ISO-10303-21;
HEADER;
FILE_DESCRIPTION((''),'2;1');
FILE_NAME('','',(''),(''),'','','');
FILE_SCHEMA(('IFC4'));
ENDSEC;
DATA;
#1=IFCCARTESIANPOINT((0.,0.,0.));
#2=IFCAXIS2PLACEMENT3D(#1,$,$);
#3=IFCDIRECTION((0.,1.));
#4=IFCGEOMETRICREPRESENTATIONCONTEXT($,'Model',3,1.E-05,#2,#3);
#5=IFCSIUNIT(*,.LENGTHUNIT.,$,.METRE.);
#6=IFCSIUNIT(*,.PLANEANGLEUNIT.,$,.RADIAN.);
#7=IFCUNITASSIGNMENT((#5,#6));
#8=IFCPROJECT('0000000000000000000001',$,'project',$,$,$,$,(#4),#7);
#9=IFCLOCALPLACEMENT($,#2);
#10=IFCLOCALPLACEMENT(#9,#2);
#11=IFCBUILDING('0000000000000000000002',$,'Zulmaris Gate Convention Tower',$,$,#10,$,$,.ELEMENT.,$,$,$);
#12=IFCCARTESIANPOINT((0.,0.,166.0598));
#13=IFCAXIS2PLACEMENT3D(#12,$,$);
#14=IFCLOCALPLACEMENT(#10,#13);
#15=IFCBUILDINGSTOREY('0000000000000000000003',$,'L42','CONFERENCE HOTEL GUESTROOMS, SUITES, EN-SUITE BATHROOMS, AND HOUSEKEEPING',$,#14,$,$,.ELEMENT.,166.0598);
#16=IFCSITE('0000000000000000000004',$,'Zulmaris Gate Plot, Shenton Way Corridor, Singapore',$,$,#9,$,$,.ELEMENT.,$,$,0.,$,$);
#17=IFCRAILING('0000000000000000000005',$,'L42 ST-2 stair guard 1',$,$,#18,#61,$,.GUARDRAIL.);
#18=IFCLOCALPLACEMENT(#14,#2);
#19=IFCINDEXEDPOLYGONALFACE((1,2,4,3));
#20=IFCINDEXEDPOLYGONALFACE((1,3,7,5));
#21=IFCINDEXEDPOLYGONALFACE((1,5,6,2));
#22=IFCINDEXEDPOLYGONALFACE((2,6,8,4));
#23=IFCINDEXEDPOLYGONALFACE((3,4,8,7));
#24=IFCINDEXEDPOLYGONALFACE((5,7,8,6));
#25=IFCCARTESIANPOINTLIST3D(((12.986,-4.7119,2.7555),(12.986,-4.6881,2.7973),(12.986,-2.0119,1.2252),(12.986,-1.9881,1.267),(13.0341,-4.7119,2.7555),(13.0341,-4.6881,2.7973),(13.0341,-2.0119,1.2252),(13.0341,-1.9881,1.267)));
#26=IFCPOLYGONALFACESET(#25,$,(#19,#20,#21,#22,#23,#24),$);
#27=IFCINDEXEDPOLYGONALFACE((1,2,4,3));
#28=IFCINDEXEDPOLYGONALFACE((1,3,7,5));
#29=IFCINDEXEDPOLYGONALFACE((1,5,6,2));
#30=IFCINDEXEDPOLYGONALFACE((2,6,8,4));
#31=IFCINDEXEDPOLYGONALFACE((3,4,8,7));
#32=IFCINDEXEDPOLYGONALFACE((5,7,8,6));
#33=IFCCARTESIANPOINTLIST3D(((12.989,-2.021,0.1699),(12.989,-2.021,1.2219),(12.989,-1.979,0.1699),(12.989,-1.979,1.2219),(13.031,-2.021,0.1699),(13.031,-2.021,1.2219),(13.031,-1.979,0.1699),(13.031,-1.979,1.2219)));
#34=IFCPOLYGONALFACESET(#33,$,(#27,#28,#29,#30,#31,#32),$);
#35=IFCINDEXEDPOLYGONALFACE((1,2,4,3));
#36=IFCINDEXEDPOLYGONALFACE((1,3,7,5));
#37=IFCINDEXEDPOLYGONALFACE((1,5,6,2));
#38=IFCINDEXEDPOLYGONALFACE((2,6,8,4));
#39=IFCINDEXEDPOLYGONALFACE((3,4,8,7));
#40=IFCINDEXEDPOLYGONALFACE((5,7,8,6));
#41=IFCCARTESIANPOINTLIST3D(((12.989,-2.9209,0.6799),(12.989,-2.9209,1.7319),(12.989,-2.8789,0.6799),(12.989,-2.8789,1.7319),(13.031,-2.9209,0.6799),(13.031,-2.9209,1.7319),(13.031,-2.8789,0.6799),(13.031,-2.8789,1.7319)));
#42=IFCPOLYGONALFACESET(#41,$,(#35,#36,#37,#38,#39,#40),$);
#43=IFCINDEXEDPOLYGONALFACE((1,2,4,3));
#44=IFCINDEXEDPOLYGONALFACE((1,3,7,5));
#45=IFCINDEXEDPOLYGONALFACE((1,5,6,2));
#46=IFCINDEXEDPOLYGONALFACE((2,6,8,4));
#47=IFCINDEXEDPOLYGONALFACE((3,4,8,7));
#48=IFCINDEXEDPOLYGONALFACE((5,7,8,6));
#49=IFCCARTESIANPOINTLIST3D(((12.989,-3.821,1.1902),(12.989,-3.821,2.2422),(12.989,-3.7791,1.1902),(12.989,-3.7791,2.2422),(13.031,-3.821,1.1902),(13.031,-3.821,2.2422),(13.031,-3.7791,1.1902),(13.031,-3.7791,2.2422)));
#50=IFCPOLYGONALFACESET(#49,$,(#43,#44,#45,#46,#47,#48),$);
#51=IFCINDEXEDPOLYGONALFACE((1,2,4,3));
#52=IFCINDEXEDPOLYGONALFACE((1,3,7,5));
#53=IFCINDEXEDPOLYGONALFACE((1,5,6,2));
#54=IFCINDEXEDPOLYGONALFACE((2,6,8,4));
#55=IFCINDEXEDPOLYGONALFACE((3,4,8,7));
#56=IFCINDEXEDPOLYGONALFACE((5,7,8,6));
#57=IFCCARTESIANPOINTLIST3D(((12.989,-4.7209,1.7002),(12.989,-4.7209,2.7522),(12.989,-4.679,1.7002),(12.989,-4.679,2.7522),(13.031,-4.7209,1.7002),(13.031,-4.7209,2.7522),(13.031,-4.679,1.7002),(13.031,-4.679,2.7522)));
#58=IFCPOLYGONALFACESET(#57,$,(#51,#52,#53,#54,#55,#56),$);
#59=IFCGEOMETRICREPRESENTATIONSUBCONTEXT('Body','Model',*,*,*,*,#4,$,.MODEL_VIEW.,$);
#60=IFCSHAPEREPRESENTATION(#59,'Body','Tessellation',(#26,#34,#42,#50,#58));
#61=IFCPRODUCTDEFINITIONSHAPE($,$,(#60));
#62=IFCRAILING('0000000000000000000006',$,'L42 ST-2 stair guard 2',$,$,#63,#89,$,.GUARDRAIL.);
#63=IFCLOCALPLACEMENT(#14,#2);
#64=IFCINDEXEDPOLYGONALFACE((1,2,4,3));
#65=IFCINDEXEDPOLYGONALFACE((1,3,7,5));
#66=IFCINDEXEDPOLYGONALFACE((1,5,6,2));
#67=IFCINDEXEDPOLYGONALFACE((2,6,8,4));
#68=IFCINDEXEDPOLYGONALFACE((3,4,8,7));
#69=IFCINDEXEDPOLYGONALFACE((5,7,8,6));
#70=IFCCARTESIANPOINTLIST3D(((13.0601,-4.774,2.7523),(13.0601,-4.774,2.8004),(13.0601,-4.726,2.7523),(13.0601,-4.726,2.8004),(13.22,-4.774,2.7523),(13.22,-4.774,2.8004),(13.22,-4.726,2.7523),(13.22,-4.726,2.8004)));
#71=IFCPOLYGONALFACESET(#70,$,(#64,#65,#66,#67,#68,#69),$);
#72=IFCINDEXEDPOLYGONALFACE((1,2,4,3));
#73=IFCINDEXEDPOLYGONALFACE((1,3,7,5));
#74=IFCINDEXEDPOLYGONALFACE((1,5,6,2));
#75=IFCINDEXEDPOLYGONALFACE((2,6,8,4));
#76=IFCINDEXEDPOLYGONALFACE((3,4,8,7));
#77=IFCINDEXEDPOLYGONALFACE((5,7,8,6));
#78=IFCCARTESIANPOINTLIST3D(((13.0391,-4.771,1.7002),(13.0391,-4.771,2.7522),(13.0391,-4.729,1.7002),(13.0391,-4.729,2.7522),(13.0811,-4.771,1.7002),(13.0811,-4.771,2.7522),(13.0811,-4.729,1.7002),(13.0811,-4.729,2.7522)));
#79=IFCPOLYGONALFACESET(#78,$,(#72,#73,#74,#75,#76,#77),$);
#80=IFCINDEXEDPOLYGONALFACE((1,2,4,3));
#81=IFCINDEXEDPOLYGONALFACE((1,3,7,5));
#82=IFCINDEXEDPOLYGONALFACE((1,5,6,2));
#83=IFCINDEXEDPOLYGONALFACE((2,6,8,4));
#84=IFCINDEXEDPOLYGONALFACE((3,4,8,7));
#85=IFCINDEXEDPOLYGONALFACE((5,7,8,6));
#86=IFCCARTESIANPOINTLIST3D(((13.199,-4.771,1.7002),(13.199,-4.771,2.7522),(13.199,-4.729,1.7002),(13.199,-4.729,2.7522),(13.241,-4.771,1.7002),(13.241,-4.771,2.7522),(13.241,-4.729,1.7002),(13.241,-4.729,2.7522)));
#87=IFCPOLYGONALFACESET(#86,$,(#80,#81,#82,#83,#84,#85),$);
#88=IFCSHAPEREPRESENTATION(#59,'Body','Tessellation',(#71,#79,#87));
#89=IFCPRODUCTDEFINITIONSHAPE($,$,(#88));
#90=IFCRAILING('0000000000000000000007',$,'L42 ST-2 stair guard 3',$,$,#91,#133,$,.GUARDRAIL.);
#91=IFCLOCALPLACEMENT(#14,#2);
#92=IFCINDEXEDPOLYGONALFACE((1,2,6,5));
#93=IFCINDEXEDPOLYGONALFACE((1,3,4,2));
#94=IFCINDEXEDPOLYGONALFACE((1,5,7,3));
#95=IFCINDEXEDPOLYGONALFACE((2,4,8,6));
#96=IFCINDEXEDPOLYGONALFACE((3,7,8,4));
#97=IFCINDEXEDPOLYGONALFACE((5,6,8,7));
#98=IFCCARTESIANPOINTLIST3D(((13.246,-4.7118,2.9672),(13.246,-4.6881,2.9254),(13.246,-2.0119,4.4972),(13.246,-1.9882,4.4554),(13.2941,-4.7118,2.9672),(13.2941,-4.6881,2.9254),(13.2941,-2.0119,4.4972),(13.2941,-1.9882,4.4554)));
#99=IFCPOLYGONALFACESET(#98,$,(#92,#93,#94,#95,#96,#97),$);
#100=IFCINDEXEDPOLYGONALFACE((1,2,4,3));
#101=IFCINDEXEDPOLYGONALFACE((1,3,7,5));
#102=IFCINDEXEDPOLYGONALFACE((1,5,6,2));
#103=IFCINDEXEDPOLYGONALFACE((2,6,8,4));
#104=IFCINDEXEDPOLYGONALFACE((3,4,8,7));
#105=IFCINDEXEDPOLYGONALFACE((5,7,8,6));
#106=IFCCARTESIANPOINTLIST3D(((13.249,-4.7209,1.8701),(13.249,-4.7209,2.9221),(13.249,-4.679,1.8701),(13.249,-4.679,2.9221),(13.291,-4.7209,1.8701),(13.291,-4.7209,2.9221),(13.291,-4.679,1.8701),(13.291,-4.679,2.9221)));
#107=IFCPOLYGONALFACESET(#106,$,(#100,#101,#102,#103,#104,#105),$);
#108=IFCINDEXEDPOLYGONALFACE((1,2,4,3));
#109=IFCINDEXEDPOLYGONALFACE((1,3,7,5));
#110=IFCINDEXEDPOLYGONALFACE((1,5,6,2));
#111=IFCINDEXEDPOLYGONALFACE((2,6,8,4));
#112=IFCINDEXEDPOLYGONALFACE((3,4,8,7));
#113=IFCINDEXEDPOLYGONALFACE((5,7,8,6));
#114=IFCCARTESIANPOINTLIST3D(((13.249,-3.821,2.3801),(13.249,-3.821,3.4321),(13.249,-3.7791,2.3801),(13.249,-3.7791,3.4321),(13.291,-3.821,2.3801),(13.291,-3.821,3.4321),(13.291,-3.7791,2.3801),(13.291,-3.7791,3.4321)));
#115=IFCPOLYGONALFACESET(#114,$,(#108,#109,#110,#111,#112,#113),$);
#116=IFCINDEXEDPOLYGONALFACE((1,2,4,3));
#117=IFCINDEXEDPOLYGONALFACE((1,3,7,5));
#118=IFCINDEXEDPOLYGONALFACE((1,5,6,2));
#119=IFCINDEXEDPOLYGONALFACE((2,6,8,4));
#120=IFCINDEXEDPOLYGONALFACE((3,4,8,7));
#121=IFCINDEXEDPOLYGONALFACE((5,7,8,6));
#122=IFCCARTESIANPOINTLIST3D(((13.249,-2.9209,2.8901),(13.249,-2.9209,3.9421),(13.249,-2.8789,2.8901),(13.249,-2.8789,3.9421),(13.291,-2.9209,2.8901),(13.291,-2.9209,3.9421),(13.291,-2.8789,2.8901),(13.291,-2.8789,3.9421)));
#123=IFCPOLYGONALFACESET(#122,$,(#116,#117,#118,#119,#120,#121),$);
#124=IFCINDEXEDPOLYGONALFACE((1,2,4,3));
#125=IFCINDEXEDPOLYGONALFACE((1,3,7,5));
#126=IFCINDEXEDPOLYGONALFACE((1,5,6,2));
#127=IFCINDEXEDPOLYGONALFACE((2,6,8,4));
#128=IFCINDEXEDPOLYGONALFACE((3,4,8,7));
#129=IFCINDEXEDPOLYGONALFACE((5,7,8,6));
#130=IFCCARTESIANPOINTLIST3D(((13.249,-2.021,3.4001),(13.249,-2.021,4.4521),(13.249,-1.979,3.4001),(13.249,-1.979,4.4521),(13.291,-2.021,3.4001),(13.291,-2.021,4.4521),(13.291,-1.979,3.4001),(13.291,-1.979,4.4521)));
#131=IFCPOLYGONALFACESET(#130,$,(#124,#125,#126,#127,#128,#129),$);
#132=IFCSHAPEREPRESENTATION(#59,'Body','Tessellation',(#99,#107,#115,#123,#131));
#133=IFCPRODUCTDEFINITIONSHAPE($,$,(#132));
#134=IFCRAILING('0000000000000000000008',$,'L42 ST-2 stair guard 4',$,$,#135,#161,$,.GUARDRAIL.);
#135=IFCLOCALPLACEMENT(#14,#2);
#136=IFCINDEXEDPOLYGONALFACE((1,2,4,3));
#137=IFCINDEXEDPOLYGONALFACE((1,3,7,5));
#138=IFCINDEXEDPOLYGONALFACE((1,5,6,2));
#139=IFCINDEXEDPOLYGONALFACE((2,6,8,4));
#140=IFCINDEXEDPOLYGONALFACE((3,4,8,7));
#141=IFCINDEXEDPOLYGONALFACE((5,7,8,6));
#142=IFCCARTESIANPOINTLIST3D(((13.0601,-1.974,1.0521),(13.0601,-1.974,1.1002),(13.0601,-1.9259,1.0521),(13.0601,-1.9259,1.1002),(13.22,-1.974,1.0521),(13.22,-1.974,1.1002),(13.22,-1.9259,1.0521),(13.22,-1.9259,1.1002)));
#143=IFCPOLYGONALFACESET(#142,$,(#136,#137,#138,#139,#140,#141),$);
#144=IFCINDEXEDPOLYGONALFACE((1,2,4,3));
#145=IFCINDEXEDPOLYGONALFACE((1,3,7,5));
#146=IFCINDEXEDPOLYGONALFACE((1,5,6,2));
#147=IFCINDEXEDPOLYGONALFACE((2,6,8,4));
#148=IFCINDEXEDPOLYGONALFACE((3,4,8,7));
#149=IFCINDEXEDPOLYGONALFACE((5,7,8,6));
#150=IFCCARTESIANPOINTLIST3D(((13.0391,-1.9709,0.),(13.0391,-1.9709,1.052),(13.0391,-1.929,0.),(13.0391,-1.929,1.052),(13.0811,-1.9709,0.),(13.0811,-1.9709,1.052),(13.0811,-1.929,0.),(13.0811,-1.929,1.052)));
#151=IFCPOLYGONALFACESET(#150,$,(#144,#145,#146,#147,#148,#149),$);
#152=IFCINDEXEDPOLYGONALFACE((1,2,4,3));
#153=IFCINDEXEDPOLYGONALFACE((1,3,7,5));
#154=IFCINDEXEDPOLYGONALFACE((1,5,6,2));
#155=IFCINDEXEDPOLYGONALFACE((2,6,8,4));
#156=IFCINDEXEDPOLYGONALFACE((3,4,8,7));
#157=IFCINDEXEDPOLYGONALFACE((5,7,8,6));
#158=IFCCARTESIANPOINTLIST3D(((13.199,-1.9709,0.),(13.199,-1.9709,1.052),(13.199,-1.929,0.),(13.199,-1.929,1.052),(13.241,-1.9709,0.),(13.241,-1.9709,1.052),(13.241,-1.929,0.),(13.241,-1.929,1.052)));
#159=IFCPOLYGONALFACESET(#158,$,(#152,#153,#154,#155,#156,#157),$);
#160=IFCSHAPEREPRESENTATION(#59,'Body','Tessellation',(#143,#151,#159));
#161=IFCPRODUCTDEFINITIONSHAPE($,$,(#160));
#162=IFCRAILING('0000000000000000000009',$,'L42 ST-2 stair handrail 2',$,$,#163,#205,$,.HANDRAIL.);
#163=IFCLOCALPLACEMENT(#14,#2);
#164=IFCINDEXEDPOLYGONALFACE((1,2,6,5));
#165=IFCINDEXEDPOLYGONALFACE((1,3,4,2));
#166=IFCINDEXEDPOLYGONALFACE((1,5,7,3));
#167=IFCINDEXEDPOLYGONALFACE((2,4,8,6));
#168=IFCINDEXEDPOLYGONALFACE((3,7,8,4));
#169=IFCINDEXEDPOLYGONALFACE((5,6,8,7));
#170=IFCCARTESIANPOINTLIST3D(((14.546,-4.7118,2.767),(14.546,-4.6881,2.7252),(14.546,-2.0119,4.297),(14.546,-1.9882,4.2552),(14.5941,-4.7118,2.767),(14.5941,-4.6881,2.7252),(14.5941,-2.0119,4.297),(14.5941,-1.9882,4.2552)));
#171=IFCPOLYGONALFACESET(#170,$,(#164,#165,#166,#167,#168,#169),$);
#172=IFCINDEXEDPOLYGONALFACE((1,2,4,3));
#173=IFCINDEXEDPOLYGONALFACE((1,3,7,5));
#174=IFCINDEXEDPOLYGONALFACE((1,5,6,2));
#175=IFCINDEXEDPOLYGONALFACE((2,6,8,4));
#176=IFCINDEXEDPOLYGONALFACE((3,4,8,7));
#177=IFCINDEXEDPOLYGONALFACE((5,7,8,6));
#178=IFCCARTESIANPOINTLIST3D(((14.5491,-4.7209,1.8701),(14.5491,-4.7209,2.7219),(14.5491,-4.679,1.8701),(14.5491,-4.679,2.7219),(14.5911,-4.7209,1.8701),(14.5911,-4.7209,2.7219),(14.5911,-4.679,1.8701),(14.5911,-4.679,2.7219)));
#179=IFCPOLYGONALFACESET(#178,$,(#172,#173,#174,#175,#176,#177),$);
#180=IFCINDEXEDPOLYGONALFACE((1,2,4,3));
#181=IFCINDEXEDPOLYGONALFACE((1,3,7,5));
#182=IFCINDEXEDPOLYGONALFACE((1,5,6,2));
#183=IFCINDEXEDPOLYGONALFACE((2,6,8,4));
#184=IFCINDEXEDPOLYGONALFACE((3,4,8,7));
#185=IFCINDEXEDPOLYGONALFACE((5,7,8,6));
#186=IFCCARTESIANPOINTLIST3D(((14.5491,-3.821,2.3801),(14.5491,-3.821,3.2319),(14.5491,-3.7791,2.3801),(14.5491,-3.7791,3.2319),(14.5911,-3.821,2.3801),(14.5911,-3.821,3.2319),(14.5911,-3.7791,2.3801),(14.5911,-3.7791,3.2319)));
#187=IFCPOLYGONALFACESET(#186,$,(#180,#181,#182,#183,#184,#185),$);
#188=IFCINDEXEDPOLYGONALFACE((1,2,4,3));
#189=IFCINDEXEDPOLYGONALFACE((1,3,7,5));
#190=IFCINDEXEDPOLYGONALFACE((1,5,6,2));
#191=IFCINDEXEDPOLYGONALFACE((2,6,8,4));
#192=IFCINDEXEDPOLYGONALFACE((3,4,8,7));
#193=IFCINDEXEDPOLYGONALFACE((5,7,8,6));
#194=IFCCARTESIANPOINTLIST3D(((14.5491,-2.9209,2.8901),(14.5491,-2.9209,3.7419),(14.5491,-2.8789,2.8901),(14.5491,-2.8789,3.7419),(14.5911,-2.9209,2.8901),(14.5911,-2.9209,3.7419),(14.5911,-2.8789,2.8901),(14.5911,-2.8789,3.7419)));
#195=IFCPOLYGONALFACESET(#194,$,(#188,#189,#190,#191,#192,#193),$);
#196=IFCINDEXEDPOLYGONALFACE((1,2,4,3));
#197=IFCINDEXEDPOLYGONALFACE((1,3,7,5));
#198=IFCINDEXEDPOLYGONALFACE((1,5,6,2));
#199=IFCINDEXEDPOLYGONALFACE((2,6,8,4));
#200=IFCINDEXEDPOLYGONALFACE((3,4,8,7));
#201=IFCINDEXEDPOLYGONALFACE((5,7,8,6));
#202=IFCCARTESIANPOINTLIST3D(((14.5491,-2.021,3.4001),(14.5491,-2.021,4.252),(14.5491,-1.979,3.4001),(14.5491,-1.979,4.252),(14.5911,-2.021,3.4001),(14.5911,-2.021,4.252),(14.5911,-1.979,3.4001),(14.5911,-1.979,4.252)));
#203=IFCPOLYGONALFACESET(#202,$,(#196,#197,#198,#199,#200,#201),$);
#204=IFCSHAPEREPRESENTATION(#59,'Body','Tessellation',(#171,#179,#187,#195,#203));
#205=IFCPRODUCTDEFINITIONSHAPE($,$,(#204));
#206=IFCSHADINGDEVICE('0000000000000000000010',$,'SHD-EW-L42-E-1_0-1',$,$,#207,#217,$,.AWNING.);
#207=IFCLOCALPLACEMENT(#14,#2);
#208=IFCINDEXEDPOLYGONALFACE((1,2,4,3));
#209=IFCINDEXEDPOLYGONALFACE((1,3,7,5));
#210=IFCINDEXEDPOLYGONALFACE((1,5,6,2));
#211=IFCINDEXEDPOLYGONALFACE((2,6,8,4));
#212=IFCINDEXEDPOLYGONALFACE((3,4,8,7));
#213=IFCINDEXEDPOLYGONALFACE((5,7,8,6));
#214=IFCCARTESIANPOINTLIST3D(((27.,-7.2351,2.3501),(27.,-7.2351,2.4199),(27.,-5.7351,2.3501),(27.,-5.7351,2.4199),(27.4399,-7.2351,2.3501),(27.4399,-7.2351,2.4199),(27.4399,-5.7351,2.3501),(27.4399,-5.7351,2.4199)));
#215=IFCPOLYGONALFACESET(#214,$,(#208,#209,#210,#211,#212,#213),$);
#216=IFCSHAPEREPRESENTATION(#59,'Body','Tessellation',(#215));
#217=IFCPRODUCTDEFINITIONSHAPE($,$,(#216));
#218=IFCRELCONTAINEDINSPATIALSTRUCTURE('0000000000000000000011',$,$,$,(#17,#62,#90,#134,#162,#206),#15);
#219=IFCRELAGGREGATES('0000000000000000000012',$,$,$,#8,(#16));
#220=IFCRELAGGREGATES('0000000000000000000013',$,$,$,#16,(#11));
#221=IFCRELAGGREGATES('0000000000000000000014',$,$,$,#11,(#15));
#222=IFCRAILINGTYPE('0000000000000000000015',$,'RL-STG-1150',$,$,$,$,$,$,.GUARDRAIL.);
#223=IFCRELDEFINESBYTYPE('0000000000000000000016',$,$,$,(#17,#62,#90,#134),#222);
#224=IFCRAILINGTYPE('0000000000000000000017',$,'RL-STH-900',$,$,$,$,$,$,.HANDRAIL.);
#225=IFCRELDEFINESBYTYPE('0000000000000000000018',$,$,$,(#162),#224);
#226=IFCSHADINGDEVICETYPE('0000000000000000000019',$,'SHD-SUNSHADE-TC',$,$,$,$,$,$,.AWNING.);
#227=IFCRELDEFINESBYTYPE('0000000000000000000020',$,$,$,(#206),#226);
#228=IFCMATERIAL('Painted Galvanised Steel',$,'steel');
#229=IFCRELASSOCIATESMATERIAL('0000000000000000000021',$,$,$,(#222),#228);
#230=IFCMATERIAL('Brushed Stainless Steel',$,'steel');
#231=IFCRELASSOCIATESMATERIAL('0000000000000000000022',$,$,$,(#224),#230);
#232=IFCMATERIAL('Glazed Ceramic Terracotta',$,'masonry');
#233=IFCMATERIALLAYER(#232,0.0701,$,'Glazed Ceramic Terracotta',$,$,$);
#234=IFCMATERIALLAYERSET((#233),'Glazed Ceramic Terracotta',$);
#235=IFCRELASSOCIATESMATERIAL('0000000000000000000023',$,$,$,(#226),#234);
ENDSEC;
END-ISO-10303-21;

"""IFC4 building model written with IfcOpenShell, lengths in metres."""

from ifc_helpers import new_model, si_unit, direction, frame, frame_2d, origin, origin_2d, place, context, subcontext, project, spatial, rectangle, extrude, material, layer, layer_set, type_object, element, save


model = new_model("IFC4")

# Units and contexts
model_context = context("Model", 3, precision=1e-05, world=origin(), true_north=direction((0.0, 1.0)))
body_context = subcontext(model_context, "Body", "Model", "MODEL_VIEW")
ifc_project = project(units=[si_unit("LENGTHUNIT", "METRE"), si_unit("PLANEANGLEUNIT", "RADIAN")], contexts=[model_context])

# Site, building, storey
site_placement = place(None, origin())
site = spatial("IfcSite", under=ifc_project, at=site_placement, Name="Zulmaris Gate Plot, Shenton Way Corridor, Singapore", CompositionType="ELEMENT", RefElevation=0.0)
building_placement = place(site_placement, origin())
building = spatial("IfcBuilding", under=site, at=building_placement, Name="Zulmaris Gate Convention Tower", CompositionType="ELEMENT")
storey_placement = place(building_placement, frame((0.0, 0.0, 166.0598)))
storey = spatial("IfcBuildingStorey", under=building, at=storey_placement, Name="L42", Description="CONFERENCE HOTEL GUESTROOMS, SUITES, EN-SUITE BATHROOMS, AND HOUSEKEEPING", CompositionType="ELEMENT", Elevation=166.0598)

# Railings
ifc_material_1 = material(Name="Painted Galvanised Steel", Category="steel")
railing_type_1 = type_object("IfcRailingType", Name="RL-STG-1150", PredefinedType="GUARDRAIL", material=ifc_material_1)
railing_1_placement = place(storey_placement, frame((13.01, -2.0, 0.1699)))
element("IfcRailing", 1, at=railing_1_placement, inside=storey, type_object=railing_type_1, Name="L42 ST-2 stair guard 1", PredefinedType="GUARDRAIL", context=body_context, shape_type="SweptSolid", body=[
    extrude(rectangle(XDim=0.0481, YDim=0.0481, at=origin_2d()), frame((0.0, 0.0, 1.0762), z_axis=(0.0, -0.869981, 0.493086), x_axis=(1.0, 0.0, 0.0)), (0.0, 0.0, 1.0), 3.1035),
    extrude(rectangle(XDim=0.042, YDim=0.042, at=origin_2d()), origin(), (0.0, 0.0, 1.0), 1.052),
    extrude(rectangle(XDim=0.042, YDim=0.042, at=origin_2d()), frame((0.0, -0.8999, 0.51)), (0.0, 0.0, 1.0), 1.052),
    extrude(rectangle(XDim=0.042, YDim=0.042, at=origin_2d()), frame((0.0, -1.8, 1.0203)), (0.0, 0.0, 1.0), 1.052),
    extrude(rectangle(XDim=0.042, YDim=0.042, at=origin_2d()), frame((0.0, -2.7, 1.5303)), (0.0, 0.0, 1.0), 1.052),
])
railing_2_placement = place(storey_placement, frame((13.0601, -4.75, 1.7002)))
element("IfcRailing", 2, at=railing_2_placement, inside=storey, type_object=railing_type_1, Name="L42 ST-2 stair guard 2", PredefinedType="GUARDRAIL", context=body_context, shape_type="SweptSolid", body=[
    extrude(rectangle(XDim=0.0481, YDim=0.0481, at=origin_2d()), frame((0.0, 0.0, 1.0762), z_axis=(1.0, 0.0, 0.0), x_axis=(0.0, 1.0, 0.0)), (0.0, 0.0, 1.0), 0.1599),
    extrude(rectangle(XDim=0.042, YDim=0.042, at=origin_2d()), origin(), (0.0, 0.0, 1.0), 1.052),
    extrude(rectangle(XDim=0.042, YDim=0.042, at=origin_2d()), frame((0.1599, 0.0, 0.0)), (0.0, 0.0, 1.0), 1.052),
])
railing_3_placement = place(storey_placement, frame((13.27, -4.7, 1.8701)))
element("IfcRailing", 3, at=railing_3_placement, inside=storey, type_object=railing_type_1, Name="L42 ST-2 stair guard 3", PredefinedType="GUARDRAIL", context=body_context, shape_type="SweptSolid", body=[
    extrude(rectangle(XDim=0.0481, YDim=0.0481, at=origin_2d()), frame((0.0, 0.0, 1.0762), z_axis=(0.0, 0.870014, 0.493026), x_axis=(-1.0, 0.0, 0.0)), (0.0, 0.0, 1.0), 3.1033),
    extrude(rectangle(XDim=0.042, YDim=0.042, at=origin_2d()), origin(), (0.0, 0.0, 1.0), 1.052),
    extrude(rectangle(XDim=0.042, YDim=0.042, at=origin_2d()), frame((0.0, 0.8999, 0.51)), (0.0, 0.0, 1.0), 1.052),
    extrude(rectangle(XDim=0.042, YDim=0.042, at=origin_2d()), frame((0.0, 1.8, 1.02)), (0.0, 0.0, 1.0), 1.052),
    extrude(rectangle(XDim=0.042, YDim=0.042, at=origin_2d()), frame((0.0, 2.7, 1.53)), (0.0, 0.0, 1.0), 1.052),
])
railing_4_placement = place(storey_placement, frame((13.0601, -1.95, 0.0)))
element("IfcRailing", 4, at=railing_4_placement, inside=storey, type_object=railing_type_1, Name="L42 ST-2 stair guard 4", PredefinedType="GUARDRAIL", context=body_context, shape_type="SweptSolid", body=[
    extrude(rectangle(XDim=0.0481, YDim=0.0481, at=origin_2d()), frame((0.0, 0.0, 1.0762), z_axis=(1.0, 0.0, 0.0), x_axis=(0.0, 1.0, 0.0)), (0.0, 0.0, 1.0), 0.1599),
    extrude(rectangle(XDim=0.042, YDim=0.042, at=origin_2d()), origin(), (0.0, 0.0, 1.0), 1.052),
    extrude(rectangle(XDim=0.042, YDim=0.042, at=origin_2d()), frame((0.1599, 0.0, 0.0)), (0.0, 0.0, 1.0), 1.052),
])
ifc_material_2 = material(Name="Brushed Stainless Steel", Category="steel")
railing_type_2 = type_object("IfcRailingType", Name="RL-STH-900", PredefinedType="HANDRAIL", material=ifc_material_2)
railing_5_placement = place(storey_placement, frame((14.5701, -4.7, 1.8701)))
element("IfcRailing", 5, at=railing_5_placement, inside=storey, type_object=railing_type_2, Name="L42 ST-2 stair handrail 2", PredefinedType="HANDRAIL", context=body_context, shape_type="SweptSolid", body=[
    extrude(rectangle(XDim=0.0481, YDim=0.0481, at=origin_2d()), frame((0.0, 0.0, 0.876), z_axis=(0.0, 0.870014, 0.493026), x_axis=(-1.0, 0.0, 0.0)), (0.0, 0.0, 1.0), 3.1033),
    extrude(rectangle(XDim=0.042, YDim=0.042, at=origin_2d()), origin(), (0.0, 0.0, 1.0), 0.8518),
    extrude(rectangle(XDim=0.042, YDim=0.042, at=origin_2d()), frame((0.0, 0.8999, 0.51)), (0.0, 0.0, 1.0), 0.8518),
    extrude(rectangle(XDim=0.042, YDim=0.042, at=origin_2d()), frame((0.0, 1.8, 1.02)), (0.0, 0.0, 1.0), 0.8518),
    extrude(rectangle(XDim=0.042, YDim=0.042, at=origin_2d()), frame((0.0, 2.7, 1.53)), (0.0, 0.0, 1.0), 0.8518),
])

# Shading device
ifc_material_3 = material(Name="Glazed Ceramic Terracotta", Category="masonry")
ifc_layer_1 = layer(ifc_material_3, 0.0701, Name="Glazed Ceramic Terracotta")
ifc_layer_set_1 = layer_set([ifc_layer_1], Name="Glazed Ceramic Terracotta")
shading_device_type = type_object("IfcShadingDeviceType", Name="SHD-SUNSHADE-TC", PredefinedType="AWNING", material=ifc_layer_set_1)
for number, where, z_axis, x_axis, name in (
    (6, (27.22, -7.2351, 2.3501), (0.0, 0.0, 1.0), (0.0, 1.0, 0.0), "SHD-EW-L42-E-1_0-1"),
):
    element("IfcShadingDevice", number, at=place(storey_placement, frame(where, z_axis=z_axis, x_axis=x_axis)), inside=storey, type_object=shading_device_type, Name=name, PredefinedType="AWNING", context=body_context, shape_type="SweptSolid", body=[
        extrude(rectangle(XDim=1.5, YDim=0.4399, at=frame_2d((0.75, 0.0))), origin(), (0.0, 0.0, 1.0), 0.0698),
    ])

save(model, "model.ifc")
